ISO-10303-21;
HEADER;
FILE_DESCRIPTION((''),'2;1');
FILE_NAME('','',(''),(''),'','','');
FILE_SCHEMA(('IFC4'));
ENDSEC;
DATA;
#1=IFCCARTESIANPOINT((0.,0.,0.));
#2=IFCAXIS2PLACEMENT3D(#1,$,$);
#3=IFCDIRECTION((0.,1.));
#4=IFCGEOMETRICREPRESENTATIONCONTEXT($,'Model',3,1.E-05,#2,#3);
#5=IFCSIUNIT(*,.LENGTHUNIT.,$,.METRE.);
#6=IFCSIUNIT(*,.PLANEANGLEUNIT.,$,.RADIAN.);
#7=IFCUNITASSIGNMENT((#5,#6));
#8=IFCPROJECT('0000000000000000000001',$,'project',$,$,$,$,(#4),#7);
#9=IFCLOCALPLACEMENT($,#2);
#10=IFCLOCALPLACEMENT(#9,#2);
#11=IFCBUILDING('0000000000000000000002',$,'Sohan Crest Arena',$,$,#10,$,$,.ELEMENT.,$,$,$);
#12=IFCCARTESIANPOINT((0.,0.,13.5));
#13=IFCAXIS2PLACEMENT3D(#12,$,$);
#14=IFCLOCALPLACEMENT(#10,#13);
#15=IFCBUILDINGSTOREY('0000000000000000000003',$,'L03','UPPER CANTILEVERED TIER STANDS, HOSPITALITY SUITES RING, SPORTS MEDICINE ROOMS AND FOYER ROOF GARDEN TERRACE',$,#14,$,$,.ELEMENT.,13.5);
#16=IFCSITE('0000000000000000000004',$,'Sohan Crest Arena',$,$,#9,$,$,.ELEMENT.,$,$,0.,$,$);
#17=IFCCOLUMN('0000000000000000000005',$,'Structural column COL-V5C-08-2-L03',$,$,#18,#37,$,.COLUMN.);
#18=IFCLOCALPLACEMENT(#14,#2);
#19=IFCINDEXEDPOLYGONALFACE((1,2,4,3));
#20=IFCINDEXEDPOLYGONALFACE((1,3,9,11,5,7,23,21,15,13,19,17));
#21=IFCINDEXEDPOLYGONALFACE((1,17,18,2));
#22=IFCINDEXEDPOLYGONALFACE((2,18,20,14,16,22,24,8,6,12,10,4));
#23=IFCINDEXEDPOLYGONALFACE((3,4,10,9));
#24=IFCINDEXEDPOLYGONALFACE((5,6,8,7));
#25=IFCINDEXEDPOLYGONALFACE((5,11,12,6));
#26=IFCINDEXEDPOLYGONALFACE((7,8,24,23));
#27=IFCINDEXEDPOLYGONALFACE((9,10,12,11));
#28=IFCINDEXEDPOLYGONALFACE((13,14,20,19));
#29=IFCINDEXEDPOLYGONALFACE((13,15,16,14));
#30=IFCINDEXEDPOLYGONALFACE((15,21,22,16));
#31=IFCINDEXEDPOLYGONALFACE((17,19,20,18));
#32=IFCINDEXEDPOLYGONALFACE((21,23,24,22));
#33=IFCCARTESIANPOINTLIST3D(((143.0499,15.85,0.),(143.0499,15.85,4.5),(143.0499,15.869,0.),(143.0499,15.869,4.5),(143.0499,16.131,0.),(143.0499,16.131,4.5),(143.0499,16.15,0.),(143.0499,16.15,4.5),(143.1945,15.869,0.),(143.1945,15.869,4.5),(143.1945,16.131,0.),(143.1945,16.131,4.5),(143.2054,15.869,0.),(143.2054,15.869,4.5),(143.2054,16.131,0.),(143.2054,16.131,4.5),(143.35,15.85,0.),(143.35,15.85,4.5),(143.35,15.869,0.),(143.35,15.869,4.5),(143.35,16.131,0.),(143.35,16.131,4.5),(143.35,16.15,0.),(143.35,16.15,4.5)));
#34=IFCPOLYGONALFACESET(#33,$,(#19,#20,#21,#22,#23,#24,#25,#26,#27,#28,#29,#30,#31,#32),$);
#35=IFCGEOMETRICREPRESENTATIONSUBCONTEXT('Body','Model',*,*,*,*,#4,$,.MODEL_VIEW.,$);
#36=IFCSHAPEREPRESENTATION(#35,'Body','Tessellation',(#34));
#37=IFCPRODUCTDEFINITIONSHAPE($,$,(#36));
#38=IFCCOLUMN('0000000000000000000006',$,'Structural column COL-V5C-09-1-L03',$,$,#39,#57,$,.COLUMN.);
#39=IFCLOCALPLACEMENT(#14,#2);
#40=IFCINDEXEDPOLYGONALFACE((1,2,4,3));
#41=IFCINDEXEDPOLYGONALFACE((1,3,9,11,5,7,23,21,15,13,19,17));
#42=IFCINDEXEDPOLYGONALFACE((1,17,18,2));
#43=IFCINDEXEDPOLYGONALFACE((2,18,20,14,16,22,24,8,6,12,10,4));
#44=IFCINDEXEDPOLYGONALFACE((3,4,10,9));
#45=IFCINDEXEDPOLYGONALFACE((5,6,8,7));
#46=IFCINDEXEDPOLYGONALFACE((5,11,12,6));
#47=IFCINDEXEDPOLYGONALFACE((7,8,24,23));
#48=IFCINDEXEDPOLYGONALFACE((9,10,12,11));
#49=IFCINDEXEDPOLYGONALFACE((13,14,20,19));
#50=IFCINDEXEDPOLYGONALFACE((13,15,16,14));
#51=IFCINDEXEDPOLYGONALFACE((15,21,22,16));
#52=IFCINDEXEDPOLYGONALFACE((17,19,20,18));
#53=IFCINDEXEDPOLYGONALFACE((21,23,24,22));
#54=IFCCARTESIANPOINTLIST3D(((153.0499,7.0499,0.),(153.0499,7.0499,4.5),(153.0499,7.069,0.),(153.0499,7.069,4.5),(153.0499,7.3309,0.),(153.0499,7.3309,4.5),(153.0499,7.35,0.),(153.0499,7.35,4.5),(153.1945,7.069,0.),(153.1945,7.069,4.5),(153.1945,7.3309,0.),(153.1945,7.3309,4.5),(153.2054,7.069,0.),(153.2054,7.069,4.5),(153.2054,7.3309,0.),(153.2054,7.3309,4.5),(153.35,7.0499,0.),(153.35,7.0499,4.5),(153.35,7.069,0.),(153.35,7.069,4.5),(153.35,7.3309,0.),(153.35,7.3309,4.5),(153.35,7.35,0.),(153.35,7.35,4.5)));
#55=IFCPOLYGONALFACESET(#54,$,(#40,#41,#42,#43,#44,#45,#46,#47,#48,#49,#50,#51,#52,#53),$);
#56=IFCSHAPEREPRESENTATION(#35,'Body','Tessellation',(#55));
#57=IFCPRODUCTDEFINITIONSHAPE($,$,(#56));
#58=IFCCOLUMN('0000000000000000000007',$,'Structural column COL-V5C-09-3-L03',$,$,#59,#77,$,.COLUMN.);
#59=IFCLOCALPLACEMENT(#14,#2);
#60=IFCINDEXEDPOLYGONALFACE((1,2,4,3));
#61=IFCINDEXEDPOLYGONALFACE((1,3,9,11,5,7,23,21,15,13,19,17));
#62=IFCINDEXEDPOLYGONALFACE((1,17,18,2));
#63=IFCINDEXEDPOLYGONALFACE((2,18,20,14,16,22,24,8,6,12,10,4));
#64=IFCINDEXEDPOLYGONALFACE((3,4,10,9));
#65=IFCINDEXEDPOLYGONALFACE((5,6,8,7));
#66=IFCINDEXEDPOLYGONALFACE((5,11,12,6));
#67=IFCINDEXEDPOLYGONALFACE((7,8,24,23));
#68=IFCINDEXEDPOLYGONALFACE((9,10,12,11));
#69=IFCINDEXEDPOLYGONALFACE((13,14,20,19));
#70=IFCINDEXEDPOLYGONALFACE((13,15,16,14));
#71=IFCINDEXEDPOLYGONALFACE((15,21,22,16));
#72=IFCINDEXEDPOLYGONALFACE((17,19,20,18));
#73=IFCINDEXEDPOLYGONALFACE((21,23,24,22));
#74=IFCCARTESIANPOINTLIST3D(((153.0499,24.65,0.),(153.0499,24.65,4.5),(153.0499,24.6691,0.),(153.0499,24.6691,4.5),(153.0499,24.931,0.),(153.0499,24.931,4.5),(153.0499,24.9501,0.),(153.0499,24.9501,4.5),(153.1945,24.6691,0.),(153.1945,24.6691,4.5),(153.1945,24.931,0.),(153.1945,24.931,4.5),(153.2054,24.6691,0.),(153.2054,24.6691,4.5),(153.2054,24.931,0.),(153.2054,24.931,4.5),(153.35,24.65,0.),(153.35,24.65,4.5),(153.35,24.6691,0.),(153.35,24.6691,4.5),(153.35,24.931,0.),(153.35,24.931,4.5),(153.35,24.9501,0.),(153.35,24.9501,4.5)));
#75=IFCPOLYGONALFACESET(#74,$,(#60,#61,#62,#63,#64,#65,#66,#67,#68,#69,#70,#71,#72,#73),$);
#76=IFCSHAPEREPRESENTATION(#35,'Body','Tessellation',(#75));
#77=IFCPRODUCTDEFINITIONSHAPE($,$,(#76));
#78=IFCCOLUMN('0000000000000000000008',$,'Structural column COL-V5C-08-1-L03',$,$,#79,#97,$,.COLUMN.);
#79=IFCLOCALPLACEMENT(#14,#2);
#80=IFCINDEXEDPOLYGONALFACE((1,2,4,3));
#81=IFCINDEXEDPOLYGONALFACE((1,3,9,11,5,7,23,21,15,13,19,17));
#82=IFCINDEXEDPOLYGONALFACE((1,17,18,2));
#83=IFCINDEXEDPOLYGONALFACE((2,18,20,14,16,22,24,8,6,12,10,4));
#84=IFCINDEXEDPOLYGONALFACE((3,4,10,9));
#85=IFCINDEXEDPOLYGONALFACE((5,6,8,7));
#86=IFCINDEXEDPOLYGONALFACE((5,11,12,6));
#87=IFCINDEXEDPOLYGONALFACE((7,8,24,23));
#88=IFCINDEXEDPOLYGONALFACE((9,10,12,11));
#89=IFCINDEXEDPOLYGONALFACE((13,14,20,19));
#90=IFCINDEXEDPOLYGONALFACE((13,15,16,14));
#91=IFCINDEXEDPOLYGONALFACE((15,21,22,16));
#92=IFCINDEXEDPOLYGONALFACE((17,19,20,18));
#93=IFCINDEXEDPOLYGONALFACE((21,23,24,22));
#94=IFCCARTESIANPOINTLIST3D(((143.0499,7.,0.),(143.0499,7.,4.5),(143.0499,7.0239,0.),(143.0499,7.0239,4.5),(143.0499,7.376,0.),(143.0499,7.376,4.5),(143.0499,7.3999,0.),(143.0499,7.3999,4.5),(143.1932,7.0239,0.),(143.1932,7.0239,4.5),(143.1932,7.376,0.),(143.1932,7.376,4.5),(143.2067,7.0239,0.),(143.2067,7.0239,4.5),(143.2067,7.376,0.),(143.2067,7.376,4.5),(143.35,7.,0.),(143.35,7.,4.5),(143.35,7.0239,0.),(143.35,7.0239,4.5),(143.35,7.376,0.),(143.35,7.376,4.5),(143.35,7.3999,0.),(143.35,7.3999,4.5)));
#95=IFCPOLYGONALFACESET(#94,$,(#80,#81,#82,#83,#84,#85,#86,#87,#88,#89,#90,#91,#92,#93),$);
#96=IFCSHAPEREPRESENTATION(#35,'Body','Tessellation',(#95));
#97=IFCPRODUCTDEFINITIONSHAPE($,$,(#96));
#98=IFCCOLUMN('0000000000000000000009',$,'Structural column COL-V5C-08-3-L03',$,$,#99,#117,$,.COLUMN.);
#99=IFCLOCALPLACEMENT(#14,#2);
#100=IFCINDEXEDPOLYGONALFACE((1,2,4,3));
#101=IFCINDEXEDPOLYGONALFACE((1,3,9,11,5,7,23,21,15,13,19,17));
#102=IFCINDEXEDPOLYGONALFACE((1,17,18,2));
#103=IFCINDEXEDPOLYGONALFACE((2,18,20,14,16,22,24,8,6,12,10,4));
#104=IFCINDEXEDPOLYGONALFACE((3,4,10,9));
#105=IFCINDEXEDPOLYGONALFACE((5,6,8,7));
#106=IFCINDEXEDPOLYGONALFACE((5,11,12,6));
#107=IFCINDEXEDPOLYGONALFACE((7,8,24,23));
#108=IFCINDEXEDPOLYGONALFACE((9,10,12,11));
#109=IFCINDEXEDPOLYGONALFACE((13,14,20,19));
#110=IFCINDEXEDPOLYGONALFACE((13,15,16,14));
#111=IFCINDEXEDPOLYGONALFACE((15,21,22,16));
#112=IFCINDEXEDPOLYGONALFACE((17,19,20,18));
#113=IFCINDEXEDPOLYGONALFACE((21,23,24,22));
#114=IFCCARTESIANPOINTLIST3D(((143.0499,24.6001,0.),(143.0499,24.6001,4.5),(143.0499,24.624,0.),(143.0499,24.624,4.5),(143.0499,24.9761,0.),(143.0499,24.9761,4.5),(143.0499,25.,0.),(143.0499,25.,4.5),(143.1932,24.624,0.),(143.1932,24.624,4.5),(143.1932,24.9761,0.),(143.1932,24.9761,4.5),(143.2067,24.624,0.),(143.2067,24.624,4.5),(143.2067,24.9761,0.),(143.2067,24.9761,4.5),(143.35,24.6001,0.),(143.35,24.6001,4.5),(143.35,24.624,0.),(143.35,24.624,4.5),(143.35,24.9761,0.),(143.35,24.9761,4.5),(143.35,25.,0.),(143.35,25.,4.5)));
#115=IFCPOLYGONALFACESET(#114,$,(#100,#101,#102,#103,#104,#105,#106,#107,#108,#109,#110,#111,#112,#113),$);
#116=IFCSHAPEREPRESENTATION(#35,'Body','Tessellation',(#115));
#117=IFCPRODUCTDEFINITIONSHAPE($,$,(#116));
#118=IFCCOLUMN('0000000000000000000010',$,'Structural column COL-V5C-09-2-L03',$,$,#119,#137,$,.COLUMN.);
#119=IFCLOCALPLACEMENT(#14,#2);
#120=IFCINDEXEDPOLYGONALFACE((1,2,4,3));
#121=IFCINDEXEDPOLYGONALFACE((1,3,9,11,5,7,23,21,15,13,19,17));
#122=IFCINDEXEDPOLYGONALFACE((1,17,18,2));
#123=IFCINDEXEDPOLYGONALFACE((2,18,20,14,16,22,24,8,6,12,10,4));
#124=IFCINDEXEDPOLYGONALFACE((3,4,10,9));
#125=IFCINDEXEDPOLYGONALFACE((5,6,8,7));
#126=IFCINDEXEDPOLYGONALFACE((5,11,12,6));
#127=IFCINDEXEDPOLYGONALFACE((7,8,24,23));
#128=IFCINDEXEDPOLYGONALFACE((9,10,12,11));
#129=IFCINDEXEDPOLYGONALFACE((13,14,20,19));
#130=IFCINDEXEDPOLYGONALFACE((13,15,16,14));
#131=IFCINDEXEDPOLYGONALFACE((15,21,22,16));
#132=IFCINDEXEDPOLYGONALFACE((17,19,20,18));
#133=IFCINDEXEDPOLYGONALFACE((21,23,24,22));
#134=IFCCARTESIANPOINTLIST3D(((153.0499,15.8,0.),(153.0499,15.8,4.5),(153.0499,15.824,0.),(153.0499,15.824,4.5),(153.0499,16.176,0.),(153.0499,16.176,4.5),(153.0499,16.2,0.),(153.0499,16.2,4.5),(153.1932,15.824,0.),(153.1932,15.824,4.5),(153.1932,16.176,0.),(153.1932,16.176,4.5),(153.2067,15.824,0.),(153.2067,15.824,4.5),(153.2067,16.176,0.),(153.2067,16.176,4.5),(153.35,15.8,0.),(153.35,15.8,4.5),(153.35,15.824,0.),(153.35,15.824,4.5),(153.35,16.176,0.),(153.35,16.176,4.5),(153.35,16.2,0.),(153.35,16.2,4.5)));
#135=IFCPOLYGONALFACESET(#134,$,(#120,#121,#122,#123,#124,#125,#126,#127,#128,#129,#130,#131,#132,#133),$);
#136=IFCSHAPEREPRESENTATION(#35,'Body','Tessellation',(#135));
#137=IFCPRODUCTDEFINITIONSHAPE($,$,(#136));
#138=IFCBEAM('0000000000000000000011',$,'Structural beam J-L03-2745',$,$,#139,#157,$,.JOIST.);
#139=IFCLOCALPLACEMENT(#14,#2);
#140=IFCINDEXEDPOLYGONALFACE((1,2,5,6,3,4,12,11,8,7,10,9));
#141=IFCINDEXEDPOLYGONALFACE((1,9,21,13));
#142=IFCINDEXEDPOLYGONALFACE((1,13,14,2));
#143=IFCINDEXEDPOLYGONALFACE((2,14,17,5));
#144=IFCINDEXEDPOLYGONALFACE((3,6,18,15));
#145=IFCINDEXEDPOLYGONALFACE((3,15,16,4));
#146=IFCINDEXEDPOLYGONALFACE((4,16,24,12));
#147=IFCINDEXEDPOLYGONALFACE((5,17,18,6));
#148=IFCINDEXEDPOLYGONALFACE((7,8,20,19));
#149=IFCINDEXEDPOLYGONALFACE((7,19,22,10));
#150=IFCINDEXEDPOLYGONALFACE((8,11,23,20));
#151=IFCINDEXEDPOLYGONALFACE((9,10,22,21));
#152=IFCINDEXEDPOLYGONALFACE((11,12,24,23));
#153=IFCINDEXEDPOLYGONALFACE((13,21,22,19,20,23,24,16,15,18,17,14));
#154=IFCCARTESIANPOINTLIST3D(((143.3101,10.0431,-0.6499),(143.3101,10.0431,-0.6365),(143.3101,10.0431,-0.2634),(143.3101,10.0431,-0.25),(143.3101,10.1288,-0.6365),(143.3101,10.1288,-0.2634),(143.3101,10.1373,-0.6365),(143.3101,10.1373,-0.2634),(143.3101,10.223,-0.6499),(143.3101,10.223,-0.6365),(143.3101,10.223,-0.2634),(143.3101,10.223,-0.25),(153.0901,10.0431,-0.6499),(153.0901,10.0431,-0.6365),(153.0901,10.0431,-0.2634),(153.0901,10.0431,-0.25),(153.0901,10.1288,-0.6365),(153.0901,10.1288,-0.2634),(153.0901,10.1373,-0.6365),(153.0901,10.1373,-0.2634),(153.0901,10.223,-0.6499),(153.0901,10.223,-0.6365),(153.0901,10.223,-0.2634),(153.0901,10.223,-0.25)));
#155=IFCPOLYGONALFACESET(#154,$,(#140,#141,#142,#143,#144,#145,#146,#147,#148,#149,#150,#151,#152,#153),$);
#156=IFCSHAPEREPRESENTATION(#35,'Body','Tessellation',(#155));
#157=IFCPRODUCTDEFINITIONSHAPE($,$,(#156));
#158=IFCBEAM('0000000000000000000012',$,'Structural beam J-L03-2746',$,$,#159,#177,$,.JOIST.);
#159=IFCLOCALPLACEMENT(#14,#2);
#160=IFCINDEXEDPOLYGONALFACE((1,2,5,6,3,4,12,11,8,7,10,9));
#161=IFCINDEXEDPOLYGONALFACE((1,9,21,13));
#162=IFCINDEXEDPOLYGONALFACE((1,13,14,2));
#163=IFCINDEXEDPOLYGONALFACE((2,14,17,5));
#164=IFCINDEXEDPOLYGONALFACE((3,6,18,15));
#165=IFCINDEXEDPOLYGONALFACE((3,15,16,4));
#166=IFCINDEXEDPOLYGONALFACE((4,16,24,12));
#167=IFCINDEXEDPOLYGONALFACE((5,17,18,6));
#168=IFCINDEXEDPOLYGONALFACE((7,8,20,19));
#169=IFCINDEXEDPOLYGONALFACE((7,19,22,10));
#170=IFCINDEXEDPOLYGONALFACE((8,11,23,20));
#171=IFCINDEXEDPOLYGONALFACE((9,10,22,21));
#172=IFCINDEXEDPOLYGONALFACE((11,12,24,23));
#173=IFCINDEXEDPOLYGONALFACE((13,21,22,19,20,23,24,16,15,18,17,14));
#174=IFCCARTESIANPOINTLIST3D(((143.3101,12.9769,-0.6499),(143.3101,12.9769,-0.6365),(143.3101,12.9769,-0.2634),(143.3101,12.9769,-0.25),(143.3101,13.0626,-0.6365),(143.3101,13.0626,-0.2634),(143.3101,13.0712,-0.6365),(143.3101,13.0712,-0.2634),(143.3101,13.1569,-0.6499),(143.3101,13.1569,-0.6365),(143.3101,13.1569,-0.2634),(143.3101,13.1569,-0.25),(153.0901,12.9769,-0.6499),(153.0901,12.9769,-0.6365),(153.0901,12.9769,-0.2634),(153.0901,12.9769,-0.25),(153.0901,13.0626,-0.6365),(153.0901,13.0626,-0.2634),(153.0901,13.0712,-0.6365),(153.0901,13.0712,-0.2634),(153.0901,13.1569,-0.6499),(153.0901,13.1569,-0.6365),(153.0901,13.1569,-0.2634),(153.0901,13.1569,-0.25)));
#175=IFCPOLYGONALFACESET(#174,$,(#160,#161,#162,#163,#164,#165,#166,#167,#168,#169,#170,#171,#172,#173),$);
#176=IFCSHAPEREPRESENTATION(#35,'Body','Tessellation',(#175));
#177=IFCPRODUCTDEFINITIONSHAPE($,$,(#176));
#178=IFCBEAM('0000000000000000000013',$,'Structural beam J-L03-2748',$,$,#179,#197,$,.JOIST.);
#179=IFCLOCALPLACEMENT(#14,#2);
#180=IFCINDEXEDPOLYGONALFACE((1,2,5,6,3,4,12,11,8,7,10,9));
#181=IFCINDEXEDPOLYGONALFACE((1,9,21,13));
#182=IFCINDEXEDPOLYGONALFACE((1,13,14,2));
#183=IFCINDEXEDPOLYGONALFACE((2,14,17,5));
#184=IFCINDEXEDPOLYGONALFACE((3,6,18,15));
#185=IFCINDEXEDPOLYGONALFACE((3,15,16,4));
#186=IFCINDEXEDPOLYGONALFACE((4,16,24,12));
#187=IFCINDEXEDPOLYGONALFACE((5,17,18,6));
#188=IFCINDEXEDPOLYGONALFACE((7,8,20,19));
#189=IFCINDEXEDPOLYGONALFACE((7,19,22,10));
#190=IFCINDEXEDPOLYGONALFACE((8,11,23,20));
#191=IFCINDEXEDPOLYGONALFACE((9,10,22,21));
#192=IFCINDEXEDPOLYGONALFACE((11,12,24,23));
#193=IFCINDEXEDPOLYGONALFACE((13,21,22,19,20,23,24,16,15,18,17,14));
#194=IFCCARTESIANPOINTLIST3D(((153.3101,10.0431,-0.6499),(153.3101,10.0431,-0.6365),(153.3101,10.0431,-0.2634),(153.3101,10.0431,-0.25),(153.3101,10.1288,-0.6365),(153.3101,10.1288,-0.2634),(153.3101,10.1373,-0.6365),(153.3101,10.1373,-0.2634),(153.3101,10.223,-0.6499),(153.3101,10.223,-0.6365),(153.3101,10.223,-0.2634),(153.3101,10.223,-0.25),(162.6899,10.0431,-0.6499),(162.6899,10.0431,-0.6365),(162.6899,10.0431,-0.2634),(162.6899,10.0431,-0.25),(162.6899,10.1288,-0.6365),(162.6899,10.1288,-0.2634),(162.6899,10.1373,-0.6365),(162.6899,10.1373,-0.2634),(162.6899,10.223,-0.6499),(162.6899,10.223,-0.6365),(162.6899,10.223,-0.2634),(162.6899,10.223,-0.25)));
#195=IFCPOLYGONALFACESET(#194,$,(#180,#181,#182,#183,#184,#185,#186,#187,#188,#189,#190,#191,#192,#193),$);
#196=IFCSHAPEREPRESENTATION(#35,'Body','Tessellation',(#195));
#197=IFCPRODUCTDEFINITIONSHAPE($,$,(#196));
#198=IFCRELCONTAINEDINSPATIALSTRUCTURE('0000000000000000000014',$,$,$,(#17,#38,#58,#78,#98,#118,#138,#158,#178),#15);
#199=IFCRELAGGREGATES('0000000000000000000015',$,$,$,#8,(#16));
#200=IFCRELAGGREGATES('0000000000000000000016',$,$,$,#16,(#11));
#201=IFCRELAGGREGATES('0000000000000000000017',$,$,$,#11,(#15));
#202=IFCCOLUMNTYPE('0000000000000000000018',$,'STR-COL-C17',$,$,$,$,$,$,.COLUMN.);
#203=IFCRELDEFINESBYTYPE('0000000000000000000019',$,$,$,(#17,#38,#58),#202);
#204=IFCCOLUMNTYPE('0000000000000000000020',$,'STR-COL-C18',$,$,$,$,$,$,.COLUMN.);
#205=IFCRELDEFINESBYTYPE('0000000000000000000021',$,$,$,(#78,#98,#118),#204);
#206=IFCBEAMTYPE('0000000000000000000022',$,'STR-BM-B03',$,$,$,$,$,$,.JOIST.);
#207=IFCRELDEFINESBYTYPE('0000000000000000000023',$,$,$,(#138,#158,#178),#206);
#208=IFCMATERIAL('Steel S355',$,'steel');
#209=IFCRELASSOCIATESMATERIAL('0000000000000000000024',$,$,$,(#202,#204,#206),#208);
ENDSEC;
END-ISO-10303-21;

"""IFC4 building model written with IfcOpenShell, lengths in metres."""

from ifc_helpers import new_model, si_unit, direction, frame, origin, origin_2d, place, context, subcontext, project, spatial, i_section, extrude, material, material_profile, profile_set, type_object, element, save


model = new_model("IFC4")

# Units and contexts
model_context = context("Model", 3, precision=1e-05, world=origin(), true_north=direction((0.0, 1.0)))
body_context = subcontext(model_context, "Body", "Model", "MODEL_VIEW")
ifc_project = project(units=[si_unit("LENGTHUNIT", "METRE"), si_unit("PLANEANGLEUNIT", "RADIAN")], contexts=[model_context])

# Site, building, storey
site_placement = place(None, origin())
site = spatial("IfcSite", under=ifc_project, at=site_placement, Name="Sohan Crest Arena", CompositionType="ELEMENT", RefElevation=0.0)
building_placement = place(site_placement, origin())
building = spatial("IfcBuilding", under=site, at=building_placement, Name="Sohan Crest Arena", CompositionType="ELEMENT")
storey_placement = place(building_placement, frame((0.0, 0.0, 13.5)))
storey = spatial("IfcBuildingStorey", under=building, at=storey_placement, Name="L03", Description="UPPER CANTILEVERED TIER STANDS, HOSPITALITY SUITES RING, SPORTS MEDICINE ROOMS AND FOYER ROOF GARDEN TERRACE", CompositionType="ELEMENT", Elevation=13.5)

# Columns
ifc_material_1 = material(Name="Steel S355", Category="steel")
ifc_material_profile_1 = material_profile(ifc_material_1, i_section(OverallWidth=0.3, OverallDepth=0.3, WebThickness=0.011, FlangeThickness=0.019, at=origin_2d()), Name="HEB 300")
ifc_profile_set_1 = profile_set([ifc_material_profile_1], Name="Steel S355")
column_type_1 = type_object("IfcColumnType", Name="STR-COL-C17", PredefinedType="COLUMN", material=ifc_profile_set_1)
for number, where, z_axis, x_axis, name in (
    (1, (143.2, 16.0, 0.0), (0.0, 0.0, 1.0), (1.0, 0.0, 0.0), "Structural column COL-V5C-08-2-L03"),
    (2, (153.2, 7.2, 0.0), (0.0, 0.0, 1.0), (1.0, 0.0, 0.0), "Structural column COL-V5C-09-1-L03"),
    (3, (153.2, 24.8, 0.0), (0.0, 0.0, 1.0), (1.0, 0.0, 0.0), "Structural column COL-V5C-09-3-L03"),
):
    element("IfcColumn", number, at=place(storey_placement, frame(where, z_axis=z_axis, x_axis=x_axis)), inside=storey, type_object=column_type_1, Name=name, PredefinedType="COLUMN", context=body_context, shape_type="SweptSolid", body=[
        extrude(i_section(OverallWidth=0.3, OverallDepth=0.3, WebThickness=0.011, FlangeThickness=0.019, at=origin_2d()), origin(), (0.0, 0.0, 1.0), 4.5),
    ])
ifc_material_profile_2 = material_profile(ifc_material_1, i_section(OverallWidth=0.3, OverallDepth=0.3999, WebThickness=0.0134, FlangeThickness=0.0239, at=origin_2d()), Name="HEB 400")
ifc_profile_set_2 = profile_set([ifc_material_profile_2], Name="Steel S355")
column_type_2 = type_object("IfcColumnType", Name="STR-COL-C18", PredefinedType="COLUMN", material=ifc_profile_set_2)
for number, where, z_axis, x_axis, name in (
    (4, (143.2, 7.2, 0.0), (0.0, 0.0, 1.0), (1.0, 0.0, 0.0), "Structural column COL-V5C-08-1-L03"),
    (5, (143.2, 24.8, 0.0), (0.0, 0.0, 1.0), (1.0, 0.0, 0.0), "Structural column COL-V5C-08-3-L03"),
    (6, (153.2, 16.0, 0.0), (0.0, 0.0, 1.0), (1.0, 0.0, 0.0), "Structural column COL-V5C-09-2-L03"),
):
    element("IfcColumn", number, at=place(storey_placement, frame(where, z_axis=z_axis, x_axis=x_axis)), inside=storey, type_object=column_type_2, Name=name, PredefinedType="COLUMN", context=body_context, shape_type="SweptSolid", body=[
        extrude(i_section(OverallWidth=0.3, OverallDepth=0.3999, WebThickness=0.0134, FlangeThickness=0.0239, at=origin_2d()), origin(), (0.0, 0.0, 1.0), 4.5),
    ])

# Beams
ifc_material_profile_3 = material_profile(ifc_material_1, i_section(OverallWidth=0.1799, OverallDepth=0.3999, WebThickness=0.0085, FlangeThickness=0.0134, at=origin_2d()), Name="IPE 400")
ifc_profile_set_3 = profile_set([ifc_material_profile_3], Name="Steel S355")
beam_type_1 = type_object("IfcBeamType", Name="STR-BM-B03", PredefinedType="JOIST", material=ifc_profile_set_3)
for number, where, z_axis, x_axis, name in (
    (7, (143.3101, 10.1331, -0.45), (1.0, 0.0, 0.0), (0.0, 1.0, 0.0), "Structural beam J-L03-2745"),
    (8, (143.3101, 13.0669, -0.45), (1.0, 0.0, 0.0), (0.0, 1.0, 0.0), "Structural beam J-L03-2746"),
):
    element("IfcBeam", number, at=place(storey_placement, frame(where, z_axis=z_axis, x_axis=x_axis)), inside=storey, type_object=beam_type_1, Name=name, PredefinedType="JOIST", context=body_context, shape_type="SweptSolid", body=[
        extrude(i_section(OverallWidth=0.1799, OverallDepth=0.3999, WebThickness=0.0085, FlangeThickness=0.0134, at=origin_2d()), origin(), (0.0, 0.0, 1.0), 9.78),
    ])
for number, where, z_axis, x_axis, name in (
    (9, (153.3101, 10.1331, -0.45), (1.0, 0.0, 0.0), (0.0, 1.0, 0.0), "Structural beam J-L03-2748"),
):
    element("IfcBeam", number, at=place(storey_placement, frame(where, z_axis=z_axis, x_axis=x_axis)), inside=storey, type_object=beam_type_1, Name=name, PredefinedType="JOIST", context=body_context, shape_type="SweptSolid", body=[
        extrude(i_section(OverallWidth=0.1799, OverallDepth=0.3999, WebThickness=0.0085, FlangeThickness=0.0134, at=origin_2d()), origin(), (0.0, 0.0, 1.0), 9.3799),
    ])

save(model, "model.ifc")
